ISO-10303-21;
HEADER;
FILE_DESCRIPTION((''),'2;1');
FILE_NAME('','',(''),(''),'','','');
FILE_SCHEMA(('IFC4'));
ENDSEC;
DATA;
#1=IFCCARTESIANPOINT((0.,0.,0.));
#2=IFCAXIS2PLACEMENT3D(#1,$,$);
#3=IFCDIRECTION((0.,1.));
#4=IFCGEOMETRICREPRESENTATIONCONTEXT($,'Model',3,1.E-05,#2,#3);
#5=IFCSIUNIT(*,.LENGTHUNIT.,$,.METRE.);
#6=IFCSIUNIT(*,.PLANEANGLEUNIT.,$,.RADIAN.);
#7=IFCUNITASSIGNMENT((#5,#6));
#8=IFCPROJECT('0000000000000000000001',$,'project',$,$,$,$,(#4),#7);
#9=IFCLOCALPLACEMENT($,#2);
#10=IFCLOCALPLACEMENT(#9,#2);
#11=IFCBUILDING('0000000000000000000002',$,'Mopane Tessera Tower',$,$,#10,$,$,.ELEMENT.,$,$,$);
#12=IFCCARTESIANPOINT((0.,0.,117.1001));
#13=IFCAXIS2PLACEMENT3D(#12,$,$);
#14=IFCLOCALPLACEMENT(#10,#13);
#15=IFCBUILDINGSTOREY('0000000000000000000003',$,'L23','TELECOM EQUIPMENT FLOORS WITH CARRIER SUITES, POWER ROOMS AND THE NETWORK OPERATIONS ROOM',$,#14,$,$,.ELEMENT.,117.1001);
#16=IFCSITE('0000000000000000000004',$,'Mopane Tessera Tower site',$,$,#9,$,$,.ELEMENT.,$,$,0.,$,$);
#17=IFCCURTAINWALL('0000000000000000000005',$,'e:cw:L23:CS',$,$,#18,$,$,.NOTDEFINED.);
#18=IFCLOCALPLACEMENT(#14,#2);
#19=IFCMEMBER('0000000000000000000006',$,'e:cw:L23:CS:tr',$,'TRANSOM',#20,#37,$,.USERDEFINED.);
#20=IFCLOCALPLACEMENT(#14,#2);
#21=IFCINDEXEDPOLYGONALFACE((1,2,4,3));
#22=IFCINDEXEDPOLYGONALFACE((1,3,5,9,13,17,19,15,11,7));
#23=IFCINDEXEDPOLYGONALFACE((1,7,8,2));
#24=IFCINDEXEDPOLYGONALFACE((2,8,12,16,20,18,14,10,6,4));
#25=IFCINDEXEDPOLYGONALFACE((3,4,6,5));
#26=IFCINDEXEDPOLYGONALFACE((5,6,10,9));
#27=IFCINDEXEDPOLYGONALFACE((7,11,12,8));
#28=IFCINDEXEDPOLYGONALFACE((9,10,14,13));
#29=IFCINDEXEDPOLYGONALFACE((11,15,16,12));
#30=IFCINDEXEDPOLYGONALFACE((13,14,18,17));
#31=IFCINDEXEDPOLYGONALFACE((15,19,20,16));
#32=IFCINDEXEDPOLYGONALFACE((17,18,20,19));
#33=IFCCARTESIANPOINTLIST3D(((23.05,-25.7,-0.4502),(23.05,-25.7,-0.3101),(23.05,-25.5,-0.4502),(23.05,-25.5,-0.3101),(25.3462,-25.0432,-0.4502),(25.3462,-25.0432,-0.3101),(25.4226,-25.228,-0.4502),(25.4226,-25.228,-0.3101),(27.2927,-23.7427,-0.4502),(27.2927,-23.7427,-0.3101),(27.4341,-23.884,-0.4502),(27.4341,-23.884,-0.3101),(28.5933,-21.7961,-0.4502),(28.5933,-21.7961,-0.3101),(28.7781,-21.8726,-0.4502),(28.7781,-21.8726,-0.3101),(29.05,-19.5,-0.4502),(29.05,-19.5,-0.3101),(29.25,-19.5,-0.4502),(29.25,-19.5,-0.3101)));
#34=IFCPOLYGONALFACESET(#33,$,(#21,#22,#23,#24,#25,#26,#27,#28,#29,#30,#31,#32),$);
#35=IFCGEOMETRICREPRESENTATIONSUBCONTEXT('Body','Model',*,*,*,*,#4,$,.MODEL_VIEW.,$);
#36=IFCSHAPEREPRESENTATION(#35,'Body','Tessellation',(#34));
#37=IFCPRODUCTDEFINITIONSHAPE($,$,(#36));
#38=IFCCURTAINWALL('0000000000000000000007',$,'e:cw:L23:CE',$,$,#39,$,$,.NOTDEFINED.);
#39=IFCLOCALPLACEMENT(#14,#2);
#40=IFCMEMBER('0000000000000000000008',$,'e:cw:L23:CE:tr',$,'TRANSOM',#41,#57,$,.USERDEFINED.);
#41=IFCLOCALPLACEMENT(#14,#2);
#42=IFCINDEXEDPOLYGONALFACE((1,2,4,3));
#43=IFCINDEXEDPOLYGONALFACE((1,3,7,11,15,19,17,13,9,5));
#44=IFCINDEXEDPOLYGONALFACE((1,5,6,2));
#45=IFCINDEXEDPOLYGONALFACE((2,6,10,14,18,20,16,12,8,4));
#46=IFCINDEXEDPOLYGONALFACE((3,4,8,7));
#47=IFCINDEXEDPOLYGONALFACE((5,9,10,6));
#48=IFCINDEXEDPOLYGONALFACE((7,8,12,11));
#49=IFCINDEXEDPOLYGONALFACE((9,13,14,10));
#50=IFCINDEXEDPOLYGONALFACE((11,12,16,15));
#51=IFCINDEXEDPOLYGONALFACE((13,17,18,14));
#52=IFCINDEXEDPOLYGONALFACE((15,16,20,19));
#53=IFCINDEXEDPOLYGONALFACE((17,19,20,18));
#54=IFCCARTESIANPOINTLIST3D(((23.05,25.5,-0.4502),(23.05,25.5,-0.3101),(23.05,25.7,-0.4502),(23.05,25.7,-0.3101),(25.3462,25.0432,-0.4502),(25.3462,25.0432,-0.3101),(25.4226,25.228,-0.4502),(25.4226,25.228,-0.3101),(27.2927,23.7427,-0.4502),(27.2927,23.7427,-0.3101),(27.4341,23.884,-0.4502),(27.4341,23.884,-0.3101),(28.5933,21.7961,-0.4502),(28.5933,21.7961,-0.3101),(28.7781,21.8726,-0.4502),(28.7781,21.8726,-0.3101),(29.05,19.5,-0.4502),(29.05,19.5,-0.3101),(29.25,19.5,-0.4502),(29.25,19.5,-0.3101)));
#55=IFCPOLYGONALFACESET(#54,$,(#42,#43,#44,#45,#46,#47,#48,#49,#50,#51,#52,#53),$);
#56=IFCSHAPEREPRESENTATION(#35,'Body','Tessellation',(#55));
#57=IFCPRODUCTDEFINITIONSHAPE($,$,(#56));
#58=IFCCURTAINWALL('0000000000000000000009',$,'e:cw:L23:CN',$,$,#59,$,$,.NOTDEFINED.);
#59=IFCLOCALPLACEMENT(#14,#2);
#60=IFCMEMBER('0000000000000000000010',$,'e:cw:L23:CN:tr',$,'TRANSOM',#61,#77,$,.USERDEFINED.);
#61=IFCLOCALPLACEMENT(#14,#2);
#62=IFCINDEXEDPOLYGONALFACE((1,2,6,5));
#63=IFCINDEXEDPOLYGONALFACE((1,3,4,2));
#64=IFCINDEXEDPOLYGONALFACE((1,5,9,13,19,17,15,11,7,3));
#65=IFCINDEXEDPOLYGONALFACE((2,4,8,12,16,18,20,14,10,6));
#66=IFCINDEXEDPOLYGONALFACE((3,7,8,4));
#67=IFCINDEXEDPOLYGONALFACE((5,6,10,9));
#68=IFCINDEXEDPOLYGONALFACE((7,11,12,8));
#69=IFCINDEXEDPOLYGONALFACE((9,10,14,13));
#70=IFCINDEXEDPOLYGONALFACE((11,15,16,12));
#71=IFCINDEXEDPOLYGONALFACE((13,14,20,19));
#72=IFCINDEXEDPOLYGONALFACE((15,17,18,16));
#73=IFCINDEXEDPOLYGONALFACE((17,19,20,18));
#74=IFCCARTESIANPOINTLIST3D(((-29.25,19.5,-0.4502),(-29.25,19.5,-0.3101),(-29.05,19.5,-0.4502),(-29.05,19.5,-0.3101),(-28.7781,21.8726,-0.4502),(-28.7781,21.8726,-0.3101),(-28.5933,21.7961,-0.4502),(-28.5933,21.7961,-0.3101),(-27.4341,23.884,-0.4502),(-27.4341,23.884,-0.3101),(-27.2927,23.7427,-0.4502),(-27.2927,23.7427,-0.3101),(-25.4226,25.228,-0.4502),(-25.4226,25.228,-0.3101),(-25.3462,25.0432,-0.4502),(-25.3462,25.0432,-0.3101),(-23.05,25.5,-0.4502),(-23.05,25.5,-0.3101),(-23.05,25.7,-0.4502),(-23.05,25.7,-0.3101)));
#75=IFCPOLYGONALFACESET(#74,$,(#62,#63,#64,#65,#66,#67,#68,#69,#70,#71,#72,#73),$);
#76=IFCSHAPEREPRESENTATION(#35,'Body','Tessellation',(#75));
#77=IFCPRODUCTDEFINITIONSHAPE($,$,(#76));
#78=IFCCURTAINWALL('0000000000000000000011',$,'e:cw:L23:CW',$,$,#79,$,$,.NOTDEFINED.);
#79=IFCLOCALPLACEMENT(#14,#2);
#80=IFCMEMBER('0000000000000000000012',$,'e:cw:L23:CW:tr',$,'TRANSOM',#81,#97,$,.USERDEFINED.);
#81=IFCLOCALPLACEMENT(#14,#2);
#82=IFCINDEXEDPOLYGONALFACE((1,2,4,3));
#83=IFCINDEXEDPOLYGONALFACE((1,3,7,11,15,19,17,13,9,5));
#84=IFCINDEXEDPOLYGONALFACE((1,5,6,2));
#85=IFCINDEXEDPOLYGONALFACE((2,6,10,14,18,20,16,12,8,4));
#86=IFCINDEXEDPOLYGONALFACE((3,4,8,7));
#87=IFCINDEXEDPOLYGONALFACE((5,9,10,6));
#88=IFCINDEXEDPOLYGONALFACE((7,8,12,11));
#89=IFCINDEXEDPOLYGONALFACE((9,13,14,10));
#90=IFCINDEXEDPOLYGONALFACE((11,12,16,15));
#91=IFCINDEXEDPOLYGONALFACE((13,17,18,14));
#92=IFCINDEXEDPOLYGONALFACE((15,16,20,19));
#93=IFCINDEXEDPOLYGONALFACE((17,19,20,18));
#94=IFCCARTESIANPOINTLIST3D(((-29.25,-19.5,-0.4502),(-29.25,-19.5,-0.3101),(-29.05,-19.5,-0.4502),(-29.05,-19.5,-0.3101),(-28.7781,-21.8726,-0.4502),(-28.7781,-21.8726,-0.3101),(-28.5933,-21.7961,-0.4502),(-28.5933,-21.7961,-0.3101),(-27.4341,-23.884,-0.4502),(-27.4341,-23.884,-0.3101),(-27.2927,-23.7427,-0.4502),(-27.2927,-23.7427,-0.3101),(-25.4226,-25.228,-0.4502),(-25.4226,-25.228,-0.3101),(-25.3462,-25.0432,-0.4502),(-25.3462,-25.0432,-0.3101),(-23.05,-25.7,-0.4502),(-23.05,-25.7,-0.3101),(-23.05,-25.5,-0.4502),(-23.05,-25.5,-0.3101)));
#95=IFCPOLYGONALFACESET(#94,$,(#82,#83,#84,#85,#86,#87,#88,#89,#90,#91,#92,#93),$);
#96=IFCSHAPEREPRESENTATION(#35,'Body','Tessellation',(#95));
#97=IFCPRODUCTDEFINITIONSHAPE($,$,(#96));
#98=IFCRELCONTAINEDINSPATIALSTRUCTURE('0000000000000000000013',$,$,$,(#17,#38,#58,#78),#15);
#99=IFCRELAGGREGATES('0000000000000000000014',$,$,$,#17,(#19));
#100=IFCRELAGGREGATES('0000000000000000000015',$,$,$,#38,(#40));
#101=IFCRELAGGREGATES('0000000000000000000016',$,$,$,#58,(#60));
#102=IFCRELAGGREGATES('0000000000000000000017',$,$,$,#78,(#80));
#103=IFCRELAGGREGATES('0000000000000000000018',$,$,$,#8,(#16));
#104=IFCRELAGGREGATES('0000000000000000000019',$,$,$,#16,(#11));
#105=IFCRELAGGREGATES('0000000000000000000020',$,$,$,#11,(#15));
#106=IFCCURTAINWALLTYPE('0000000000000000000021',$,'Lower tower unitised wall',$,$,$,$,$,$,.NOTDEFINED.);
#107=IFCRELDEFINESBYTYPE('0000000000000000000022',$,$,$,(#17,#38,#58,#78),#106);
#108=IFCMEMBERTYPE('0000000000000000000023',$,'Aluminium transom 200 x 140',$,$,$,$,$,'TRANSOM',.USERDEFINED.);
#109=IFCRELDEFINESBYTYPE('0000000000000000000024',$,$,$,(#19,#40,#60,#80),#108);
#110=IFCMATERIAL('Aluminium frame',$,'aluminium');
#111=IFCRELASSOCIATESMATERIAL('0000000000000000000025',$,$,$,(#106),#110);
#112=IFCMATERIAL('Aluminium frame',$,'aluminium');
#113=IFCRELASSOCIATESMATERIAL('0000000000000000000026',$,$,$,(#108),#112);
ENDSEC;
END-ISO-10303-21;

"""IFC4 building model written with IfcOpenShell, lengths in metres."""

from ifc_helpers import new_model, si_unit, direction, frame, origin, origin_2d, place, context, subcontext, project, spatial, polyline, rectangle, outline, extrude, material, material_profile, profile_set, type_object, element, aggregate, save


model = new_model("IFC4")

# Units and contexts
model_context = context("Model", 3, precision=1e-05, world=origin(), true_north=direction((0.0, 1.0)))
body_context = subcontext(model_context, "Body", "Model", "MODEL_VIEW")
ifc_project = project(units=[si_unit("LENGTHUNIT", "METRE"), si_unit("PLANEANGLEUNIT", "RADIAN")], contexts=[model_context])

# Site, building, storey
site_placement = place(None, origin())
site = spatial("IfcSite", under=ifc_project, at=site_placement, Name="Mopane Tessera Tower site", CompositionType="ELEMENT", RefElevation=0.0)
building_placement = place(site_placement, origin())
building = spatial("IfcBuilding", under=site, at=building_placement, Name="Mopane Tessera Tower", CompositionType="ELEMENT")
storey_placement = place(building_placement, frame((0.0, 0.0, 117.1001)))
storey = spatial("IfcBuildingStorey", under=building, at=storey_placement, Name="L23", Description="TELECOM EQUIPMENT FLOORS WITH CARRIER SUITES, POWER ROOMS AND THE NETWORK OPERATIONS ROOM", CompositionType="ELEMENT", Elevation=117.1001)

# Curtain walls, members
ifc_material_1 = material(Name="Aluminium frame", Category="aluminium")
curtain_wall_type = type_object("IfcCurtainWallType", Name="Lower tower unitised wall", PredefinedType="NOTDEFINED", material=ifc_material_1)
curtain_wall_1_placement = place(storey_placement, origin())
curtain_wall_1 = element("IfcCurtainWall", 1, at=curtain_wall_1_placement, inside=storey, type_object=curtain_wall_type, Name="e:cw:L23:CS", PredefinedType="NOTDEFINED")
ifc_material_2 = material(Name="Aluminium frame", Category="aluminium")
ifc_material_profile = material_profile(ifc_material_2, rectangle(XDim=0.2, YDim=0.1399, at=origin_2d()))
ifc_profile_set = profile_set([ifc_material_profile], Name="Aluminium frame")
member_type = type_object("IfcMemberType", Name="Aluminium transom 200 x 140", ElementType="TRANSOM", PredefinedType="USERDEFINED", material=ifc_profile_set)
member_1_placement = place(storey_placement, frame((0.0, 0.0, -0.4502)))
member_1 = element("IfcMember", 2, at=member_1_placement, type_object=member_type, Name="e:cw:L23:CS:tr", ObjectType="TRANSOM", PredefinedType="USERDEFINED", context=body_context, shape_type="SweptSolid", body=[
    extrude(outline(polyline([(23.05, -25.5), (25.3462, -25.0432), (27.2927, -23.7427), (28.5933, -21.7961), (29.05, -19.5), (29.25, -19.5), (28.7781, -21.8726), (27.4341, -23.884), (25.4226, -25.228), (23.05, -25.7), (23.05, -25.5)])), origin(), (0.0, 0.0, 1.0), 0.1401),
])
curtain_wall_2_placement = place(storey_placement, origin())
curtain_wall_2 = element("IfcCurtainWall", 3, at=curtain_wall_2_placement, inside=storey, type_object=curtain_wall_type, Name="e:cw:L23:CE", PredefinedType="NOTDEFINED")
member_2_placement = place(storey_placement, frame((0.0, 0.0, -0.4502)))
member_2 = element("IfcMember", 4, at=member_2_placement, type_object=member_type, Name="e:cw:L23:CE:tr", ObjectType="TRANSOM", PredefinedType="USERDEFINED", context=body_context, shape_type="SweptSolid", body=[
    extrude(outline(polyline([(29.05, 19.5), (28.5933, 21.7961), (27.2927, 23.7427), (25.3462, 25.0432), (23.05, 25.5), (23.05, 25.7), (25.4226, 25.228), (27.4341, 23.884), (28.7781, 21.8726), (29.25, 19.5), (29.05, 19.5)])), origin(), (0.0, 0.0, 1.0), 0.1401),
])
curtain_wall_3_placement = place(storey_placement, origin())
curtain_wall_3 = element("IfcCurtainWall", 5, at=curtain_wall_3_placement, inside=storey, type_object=curtain_wall_type, Name="e:cw:L23:CN", PredefinedType="NOTDEFINED")
member_3_placement = place(storey_placement, frame((0.0, 0.0, -0.4502)))
member_3 = element("IfcMember", 6, at=member_3_placement, type_object=member_type, Name="e:cw:L23:CN:tr", ObjectType="TRANSOM", PredefinedType="USERDEFINED", context=body_context, shape_type="SweptSolid", body=[
    extrude(outline(polyline([(-23.05, 25.5), (-25.3462, 25.0432), (-27.2927, 23.7427), (-28.5933, 21.7961), (-29.05, 19.5), (-29.25, 19.5), (-28.7781, 21.8726), (-27.4341, 23.884), (-25.4226, 25.228), (-23.05, 25.7), (-23.05, 25.5)])), origin(), (0.0, 0.0, 1.0), 0.1401),
])
curtain_wall_4_placement = place(storey_placement, origin())
curtain_wall_4 = element("IfcCurtainWall", 7, at=curtain_wall_4_placement, inside=storey, type_object=curtain_wall_type, Name="e:cw:L23:CW", PredefinedType="NOTDEFINED")
member_4_placement = place(storey_placement, frame((0.0, 0.0, -0.4502)))
member_4 = element("IfcMember", 8, at=member_4_placement, type_object=member_type, Name="e:cw:L23:CW:tr", ObjectType="TRANSOM", PredefinedType="USERDEFINED", context=body_context, shape_type="SweptSolid", body=[
    extrude(outline(polyline([(-29.05, -19.5), (-28.5933, -21.7961), (-27.2927, -23.7427), (-25.3462, -25.0432), (-23.05, -25.5), (-23.05, -25.7), (-25.4226, -25.228), (-27.4341, -23.884), (-28.7781, -21.8726), (-29.25, -19.5), (-29.05, -19.5)])), origin(), (0.0, 0.0, 1.0), 0.1401),
])

aggregate(curtain_wall_1, [member_1])
aggregate(curtain_wall_2, [member_2])
aggregate(curtain_wall_3, [member_3])
aggregate(curtain_wall_4, [member_4])

save(model, "model.ifc")
